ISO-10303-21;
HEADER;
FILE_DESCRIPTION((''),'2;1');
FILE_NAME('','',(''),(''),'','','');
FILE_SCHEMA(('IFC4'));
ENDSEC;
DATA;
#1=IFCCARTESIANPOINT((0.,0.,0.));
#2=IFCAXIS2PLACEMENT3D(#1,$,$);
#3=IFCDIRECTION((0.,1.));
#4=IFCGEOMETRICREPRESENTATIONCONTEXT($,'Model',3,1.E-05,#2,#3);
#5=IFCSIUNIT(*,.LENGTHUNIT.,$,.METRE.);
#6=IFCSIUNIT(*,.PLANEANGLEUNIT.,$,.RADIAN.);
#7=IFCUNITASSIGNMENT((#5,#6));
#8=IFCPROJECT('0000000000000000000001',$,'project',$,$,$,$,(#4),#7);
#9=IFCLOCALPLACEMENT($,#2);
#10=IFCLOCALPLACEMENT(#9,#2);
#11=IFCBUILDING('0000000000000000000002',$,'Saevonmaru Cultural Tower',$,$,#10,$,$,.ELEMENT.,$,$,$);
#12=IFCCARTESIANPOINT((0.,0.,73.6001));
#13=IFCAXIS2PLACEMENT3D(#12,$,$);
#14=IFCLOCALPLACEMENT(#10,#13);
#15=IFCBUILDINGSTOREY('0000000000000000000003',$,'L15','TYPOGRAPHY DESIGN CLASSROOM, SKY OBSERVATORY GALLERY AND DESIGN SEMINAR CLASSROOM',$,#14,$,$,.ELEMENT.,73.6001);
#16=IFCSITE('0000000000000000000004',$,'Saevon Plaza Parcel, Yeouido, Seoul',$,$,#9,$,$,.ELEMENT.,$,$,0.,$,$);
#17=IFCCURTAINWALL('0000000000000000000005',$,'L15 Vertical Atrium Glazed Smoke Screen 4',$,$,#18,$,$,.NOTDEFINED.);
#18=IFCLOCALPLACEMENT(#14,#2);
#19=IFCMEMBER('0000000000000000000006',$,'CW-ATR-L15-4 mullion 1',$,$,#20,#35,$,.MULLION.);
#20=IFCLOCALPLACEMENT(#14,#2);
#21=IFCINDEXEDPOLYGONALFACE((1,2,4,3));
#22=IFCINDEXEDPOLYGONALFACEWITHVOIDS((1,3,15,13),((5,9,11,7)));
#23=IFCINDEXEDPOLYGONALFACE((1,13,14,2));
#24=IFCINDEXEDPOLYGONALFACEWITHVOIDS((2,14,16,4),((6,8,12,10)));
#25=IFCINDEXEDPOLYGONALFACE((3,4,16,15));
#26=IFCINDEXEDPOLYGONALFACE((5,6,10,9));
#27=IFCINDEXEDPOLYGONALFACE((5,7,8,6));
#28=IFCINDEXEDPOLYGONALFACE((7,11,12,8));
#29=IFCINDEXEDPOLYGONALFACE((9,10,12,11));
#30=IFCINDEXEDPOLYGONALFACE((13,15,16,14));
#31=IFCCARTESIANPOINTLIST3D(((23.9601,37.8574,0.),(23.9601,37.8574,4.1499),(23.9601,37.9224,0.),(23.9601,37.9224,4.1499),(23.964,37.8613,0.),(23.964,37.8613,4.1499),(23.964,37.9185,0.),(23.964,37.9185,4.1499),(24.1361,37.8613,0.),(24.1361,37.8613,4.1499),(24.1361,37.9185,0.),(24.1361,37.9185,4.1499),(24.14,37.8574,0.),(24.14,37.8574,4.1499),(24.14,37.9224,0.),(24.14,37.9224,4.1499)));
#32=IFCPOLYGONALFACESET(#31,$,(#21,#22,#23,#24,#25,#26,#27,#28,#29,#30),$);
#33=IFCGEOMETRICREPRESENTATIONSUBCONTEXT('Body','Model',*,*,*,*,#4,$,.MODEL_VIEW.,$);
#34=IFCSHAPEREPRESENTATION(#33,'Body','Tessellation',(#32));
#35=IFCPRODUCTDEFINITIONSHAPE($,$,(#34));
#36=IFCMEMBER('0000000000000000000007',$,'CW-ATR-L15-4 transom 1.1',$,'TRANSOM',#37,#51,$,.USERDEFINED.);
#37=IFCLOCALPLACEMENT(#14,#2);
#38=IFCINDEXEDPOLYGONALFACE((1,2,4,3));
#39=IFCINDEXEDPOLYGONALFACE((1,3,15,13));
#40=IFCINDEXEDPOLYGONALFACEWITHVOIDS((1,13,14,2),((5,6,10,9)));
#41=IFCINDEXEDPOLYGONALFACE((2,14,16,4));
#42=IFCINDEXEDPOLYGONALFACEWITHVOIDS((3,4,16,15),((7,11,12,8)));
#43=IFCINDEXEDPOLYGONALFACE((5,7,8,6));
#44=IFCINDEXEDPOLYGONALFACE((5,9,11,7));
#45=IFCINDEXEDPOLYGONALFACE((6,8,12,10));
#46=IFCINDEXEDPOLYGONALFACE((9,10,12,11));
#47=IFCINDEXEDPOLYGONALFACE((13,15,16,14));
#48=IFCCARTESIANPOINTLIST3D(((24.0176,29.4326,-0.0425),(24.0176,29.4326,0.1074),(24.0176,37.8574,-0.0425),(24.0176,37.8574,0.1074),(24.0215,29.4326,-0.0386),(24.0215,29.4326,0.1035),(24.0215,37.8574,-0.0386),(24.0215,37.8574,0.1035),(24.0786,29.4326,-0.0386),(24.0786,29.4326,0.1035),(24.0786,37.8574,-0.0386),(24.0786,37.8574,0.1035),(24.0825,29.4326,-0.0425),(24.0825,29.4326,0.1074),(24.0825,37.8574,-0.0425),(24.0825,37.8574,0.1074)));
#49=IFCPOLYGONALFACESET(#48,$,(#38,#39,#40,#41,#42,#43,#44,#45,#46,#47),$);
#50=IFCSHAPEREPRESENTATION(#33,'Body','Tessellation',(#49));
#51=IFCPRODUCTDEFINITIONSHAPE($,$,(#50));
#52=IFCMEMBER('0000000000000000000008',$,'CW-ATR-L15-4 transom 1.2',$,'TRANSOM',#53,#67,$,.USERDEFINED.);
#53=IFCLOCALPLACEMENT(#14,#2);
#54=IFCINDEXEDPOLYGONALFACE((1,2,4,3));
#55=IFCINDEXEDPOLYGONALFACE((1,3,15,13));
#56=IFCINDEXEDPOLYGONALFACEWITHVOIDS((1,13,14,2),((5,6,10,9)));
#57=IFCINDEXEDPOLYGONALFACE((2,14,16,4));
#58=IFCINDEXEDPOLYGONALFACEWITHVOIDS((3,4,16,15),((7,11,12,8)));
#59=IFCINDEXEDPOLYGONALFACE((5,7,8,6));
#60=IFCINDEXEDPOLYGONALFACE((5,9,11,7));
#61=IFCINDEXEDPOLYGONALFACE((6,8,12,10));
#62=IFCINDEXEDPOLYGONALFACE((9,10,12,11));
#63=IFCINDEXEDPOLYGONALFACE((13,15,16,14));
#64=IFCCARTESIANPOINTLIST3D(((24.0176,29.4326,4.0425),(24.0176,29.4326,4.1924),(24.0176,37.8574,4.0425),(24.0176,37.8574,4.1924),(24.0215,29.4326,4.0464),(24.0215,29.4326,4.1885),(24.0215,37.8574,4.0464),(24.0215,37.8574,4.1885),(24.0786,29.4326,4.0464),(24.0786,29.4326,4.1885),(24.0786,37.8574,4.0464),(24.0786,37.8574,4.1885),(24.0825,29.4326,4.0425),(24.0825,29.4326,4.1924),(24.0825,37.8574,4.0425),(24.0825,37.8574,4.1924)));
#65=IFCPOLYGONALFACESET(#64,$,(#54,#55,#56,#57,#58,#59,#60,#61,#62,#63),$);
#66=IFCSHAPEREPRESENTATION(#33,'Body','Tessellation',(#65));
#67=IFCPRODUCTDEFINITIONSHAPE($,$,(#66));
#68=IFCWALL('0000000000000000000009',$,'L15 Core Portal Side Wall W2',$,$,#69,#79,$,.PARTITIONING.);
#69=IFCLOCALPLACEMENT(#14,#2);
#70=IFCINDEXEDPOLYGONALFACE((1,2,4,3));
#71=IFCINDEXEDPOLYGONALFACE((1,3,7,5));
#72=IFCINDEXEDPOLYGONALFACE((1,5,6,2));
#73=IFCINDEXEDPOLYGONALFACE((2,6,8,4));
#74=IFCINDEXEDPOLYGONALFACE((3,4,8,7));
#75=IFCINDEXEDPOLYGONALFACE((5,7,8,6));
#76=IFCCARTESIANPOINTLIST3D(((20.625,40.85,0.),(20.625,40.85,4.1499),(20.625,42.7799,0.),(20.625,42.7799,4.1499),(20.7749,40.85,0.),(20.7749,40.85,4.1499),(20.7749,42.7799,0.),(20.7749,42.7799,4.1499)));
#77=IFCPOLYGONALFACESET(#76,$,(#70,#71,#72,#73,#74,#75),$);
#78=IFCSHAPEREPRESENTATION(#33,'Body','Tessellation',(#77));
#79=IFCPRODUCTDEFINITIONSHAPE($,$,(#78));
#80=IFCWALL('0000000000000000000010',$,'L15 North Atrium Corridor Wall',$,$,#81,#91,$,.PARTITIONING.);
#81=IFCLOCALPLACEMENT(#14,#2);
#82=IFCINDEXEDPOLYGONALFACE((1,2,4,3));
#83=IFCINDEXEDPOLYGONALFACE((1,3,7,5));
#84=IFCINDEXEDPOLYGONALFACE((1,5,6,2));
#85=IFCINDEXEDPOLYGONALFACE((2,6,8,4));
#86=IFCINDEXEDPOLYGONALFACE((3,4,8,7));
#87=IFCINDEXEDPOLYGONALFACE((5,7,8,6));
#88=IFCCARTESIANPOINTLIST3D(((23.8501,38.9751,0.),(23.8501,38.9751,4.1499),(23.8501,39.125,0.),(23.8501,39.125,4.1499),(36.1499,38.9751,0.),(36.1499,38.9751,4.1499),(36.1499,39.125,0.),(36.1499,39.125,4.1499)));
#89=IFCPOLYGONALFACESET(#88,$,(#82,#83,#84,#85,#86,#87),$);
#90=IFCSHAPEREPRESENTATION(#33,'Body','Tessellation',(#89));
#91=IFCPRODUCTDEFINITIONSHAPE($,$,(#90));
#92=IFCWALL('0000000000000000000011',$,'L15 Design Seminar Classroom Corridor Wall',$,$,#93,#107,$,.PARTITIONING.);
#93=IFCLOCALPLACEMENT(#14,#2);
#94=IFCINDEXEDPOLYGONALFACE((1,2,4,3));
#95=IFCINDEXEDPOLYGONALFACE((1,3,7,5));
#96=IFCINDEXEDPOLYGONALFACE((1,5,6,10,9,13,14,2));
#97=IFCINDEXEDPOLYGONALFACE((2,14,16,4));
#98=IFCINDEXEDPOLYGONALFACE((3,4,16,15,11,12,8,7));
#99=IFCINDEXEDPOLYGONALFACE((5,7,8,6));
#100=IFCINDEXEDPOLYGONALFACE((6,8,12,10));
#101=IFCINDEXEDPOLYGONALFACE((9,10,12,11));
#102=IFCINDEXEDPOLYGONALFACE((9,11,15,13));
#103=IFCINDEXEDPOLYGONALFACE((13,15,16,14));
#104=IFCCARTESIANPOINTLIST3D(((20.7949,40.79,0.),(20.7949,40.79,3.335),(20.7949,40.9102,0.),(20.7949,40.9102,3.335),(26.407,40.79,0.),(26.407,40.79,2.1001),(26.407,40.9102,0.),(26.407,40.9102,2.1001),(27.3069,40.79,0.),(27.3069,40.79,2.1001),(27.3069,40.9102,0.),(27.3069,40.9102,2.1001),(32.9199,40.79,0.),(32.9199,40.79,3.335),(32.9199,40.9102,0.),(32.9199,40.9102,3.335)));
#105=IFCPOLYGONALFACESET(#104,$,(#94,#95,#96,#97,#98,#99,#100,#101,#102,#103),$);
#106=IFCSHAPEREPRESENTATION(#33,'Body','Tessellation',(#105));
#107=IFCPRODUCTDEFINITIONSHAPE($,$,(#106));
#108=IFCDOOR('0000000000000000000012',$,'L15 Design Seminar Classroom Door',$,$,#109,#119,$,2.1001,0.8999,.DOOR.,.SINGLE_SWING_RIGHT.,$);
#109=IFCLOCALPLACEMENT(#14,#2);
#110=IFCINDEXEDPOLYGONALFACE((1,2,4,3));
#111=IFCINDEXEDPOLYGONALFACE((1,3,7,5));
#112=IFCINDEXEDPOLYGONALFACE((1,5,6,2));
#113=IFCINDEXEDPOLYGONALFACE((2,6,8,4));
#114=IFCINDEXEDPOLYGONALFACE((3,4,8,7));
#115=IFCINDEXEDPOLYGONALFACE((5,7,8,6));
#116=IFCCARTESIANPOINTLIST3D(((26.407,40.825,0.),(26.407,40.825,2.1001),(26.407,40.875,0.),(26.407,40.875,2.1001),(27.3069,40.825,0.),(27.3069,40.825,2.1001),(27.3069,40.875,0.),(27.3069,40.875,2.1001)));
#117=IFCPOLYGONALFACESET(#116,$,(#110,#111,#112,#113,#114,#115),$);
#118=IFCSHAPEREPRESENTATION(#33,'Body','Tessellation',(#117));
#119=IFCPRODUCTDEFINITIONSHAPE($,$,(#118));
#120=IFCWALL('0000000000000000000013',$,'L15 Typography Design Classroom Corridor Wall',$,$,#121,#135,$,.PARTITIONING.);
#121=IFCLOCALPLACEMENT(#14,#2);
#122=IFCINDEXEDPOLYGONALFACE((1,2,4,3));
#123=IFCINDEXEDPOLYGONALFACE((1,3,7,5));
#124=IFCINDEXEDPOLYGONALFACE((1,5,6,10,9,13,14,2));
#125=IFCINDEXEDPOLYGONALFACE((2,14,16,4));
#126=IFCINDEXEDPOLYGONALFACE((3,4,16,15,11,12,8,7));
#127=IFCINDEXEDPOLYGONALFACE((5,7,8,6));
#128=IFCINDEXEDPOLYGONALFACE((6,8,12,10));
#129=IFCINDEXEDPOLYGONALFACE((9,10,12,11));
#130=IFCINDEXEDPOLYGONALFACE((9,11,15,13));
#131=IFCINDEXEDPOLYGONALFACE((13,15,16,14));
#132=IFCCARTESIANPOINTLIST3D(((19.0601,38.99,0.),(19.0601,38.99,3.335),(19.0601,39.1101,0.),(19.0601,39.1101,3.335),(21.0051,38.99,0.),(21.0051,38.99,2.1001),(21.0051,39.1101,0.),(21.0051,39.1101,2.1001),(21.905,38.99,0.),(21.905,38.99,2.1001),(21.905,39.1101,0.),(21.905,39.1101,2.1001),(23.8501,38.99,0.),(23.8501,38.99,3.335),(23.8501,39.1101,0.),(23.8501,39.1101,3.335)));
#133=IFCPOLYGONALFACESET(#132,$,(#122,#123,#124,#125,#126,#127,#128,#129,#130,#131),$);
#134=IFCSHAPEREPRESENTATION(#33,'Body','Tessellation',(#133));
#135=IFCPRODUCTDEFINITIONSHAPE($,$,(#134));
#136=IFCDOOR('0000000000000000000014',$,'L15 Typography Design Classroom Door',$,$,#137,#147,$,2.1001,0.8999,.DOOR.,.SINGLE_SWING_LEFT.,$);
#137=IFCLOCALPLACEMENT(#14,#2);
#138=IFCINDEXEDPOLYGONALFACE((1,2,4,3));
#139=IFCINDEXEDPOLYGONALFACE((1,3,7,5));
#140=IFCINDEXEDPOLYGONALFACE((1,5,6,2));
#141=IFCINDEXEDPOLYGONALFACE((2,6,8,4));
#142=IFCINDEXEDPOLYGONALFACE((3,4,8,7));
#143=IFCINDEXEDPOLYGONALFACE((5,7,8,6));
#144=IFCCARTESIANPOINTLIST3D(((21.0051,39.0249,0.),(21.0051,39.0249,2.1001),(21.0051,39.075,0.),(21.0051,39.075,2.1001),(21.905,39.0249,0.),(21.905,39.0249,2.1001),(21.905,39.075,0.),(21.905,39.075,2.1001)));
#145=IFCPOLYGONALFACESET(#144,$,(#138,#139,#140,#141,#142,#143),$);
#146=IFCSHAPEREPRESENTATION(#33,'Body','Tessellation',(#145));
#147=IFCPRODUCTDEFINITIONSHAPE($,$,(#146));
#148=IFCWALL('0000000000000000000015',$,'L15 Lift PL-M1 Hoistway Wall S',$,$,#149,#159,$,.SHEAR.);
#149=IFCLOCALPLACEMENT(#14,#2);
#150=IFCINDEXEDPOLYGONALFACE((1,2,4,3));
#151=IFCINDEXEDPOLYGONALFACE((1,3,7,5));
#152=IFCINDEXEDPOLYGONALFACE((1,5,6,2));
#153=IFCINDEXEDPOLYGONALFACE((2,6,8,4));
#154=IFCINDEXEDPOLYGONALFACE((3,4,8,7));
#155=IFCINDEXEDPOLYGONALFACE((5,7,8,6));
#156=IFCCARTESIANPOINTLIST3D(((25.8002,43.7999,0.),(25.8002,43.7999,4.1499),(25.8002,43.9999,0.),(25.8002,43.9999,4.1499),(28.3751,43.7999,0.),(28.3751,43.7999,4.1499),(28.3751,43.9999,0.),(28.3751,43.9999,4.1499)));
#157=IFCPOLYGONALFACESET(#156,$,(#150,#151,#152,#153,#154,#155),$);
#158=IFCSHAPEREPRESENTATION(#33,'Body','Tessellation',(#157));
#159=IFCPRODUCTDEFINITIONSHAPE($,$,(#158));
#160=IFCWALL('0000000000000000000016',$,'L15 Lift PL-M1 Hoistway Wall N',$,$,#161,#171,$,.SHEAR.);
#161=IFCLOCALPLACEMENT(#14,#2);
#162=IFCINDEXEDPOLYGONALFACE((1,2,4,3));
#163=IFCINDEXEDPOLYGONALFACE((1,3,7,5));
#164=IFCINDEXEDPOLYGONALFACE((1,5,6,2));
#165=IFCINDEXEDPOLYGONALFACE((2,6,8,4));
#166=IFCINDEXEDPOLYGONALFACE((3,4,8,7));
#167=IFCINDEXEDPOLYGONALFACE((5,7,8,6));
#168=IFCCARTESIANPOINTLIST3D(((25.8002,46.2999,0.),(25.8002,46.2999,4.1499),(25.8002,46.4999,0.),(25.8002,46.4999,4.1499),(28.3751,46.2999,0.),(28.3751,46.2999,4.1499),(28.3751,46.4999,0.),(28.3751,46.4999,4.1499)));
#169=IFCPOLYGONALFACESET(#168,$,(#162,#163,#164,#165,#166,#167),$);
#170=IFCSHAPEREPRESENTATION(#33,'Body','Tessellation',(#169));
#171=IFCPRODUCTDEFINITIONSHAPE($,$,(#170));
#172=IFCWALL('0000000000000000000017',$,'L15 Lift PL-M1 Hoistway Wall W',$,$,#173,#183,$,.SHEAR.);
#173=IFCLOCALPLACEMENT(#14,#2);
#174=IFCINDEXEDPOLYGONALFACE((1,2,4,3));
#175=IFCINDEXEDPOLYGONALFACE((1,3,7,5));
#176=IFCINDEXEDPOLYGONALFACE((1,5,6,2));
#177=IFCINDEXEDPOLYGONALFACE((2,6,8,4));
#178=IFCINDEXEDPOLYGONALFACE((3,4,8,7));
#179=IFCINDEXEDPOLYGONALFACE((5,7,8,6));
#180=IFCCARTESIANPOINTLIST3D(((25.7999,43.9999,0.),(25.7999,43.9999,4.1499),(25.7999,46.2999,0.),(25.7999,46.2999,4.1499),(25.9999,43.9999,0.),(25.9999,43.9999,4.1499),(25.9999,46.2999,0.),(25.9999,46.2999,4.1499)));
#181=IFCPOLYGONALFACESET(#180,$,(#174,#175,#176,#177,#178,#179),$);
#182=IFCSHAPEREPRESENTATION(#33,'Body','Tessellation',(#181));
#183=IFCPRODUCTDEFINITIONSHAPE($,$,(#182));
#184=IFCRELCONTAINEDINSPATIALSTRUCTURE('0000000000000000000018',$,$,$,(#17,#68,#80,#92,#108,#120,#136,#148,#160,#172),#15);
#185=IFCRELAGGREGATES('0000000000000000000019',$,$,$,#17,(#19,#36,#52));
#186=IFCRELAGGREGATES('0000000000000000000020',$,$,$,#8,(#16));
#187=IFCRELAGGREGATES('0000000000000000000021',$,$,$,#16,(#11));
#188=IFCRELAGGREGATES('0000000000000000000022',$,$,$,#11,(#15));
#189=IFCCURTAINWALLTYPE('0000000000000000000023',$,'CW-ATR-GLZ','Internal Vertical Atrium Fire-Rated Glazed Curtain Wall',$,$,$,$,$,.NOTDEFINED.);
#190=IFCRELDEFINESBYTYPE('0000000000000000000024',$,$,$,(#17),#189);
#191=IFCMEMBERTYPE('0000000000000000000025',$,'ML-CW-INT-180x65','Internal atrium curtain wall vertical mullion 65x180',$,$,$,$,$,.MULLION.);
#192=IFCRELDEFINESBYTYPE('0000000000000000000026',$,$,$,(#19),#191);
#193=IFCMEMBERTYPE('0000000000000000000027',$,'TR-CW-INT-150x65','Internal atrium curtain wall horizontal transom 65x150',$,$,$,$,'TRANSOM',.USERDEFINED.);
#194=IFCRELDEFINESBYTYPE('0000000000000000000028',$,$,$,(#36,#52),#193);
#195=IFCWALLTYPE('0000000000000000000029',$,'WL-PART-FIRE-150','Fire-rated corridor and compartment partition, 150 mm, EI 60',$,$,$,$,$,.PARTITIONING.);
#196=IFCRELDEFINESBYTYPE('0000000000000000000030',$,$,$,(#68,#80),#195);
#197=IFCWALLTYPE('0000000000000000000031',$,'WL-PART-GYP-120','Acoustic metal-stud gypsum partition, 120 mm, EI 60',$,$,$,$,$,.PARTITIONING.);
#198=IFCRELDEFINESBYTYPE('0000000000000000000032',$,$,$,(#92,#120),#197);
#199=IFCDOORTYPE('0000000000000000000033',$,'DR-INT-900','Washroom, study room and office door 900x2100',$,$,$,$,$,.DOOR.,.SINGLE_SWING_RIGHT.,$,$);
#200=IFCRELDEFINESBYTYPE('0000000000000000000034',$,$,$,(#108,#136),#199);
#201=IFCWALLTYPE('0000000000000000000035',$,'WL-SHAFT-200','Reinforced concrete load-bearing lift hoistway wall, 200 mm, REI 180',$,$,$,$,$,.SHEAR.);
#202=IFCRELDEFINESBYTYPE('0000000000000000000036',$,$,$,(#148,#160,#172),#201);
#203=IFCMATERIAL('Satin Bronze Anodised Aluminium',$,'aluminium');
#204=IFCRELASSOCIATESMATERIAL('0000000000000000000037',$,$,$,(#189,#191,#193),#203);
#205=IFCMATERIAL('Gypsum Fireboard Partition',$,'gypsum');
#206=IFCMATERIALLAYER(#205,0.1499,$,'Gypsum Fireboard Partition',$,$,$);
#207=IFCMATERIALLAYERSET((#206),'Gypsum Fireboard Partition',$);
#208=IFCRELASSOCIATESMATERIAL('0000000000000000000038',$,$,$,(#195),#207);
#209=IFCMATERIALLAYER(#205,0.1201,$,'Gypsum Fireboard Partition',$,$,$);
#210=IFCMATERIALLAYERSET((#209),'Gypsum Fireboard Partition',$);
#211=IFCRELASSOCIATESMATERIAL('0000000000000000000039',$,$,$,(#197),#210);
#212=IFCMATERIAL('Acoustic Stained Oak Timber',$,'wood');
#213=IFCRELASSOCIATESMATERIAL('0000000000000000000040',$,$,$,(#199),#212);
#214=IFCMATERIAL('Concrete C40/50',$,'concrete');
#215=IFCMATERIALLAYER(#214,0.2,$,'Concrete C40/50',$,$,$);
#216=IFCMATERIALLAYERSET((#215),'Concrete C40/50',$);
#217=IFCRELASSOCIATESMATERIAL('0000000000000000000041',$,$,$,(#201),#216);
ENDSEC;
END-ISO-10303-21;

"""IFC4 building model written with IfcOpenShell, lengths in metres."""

from ifc_helpers import new_model, si_unit, direction, frame, frame_2d, origin, origin_2d, place, context, subcontext, project, spatial, rectangle, hollow_rectangle, extrude, material, layer, layer_set, material_profile, profile_set, type_object, element, fill, aggregate, save


model = new_model("IFC4")

# Units and contexts
model_context = context("Model", 3, precision=1e-05, world=origin(), true_north=direction((0.0, 1.0)))
body_context = subcontext(model_context, "Body", "Model", "MODEL_VIEW")
ifc_project = project(units=[si_unit("LENGTHUNIT", "METRE"), si_unit("PLANEANGLEUNIT", "RADIAN")], contexts=[model_context])

# Site, building, storey
site_placement = place(None, origin())
site = spatial("IfcSite", under=ifc_project, at=site_placement, Name="Saevon Plaza Parcel, Yeouido, Seoul", CompositionType="ELEMENT", RefElevation=0.0)
building_placement = place(site_placement, origin())
building = spatial("IfcBuilding", under=site, at=building_placement, Name="Saevonmaru Cultural Tower", CompositionType="ELEMENT")
storey_placement = place(building_placement, frame((0.0, 0.0, 73.6001)))
storey = spatial("IfcBuildingStorey", under=building, at=storey_placement, Name="L15", Description="TYPOGRAPHY DESIGN CLASSROOM, SKY OBSERVATORY GALLERY AND DESIGN SEMINAR CLASSROOM", CompositionType="ELEMENT", Elevation=73.6001)

# Shared definitions
ifc_material_1 = material(Name="Satin Bronze Anodised Aluminium", Category="aluminium")
curtain_wall_type = type_object("IfcCurtainWallType", Name="CW-ATR-GLZ", Description="Internal Vertical Atrium Fire-Rated Glazed Curtain Wall", PredefinedType="NOTDEFINED", material=ifc_material_1)
ifc_material_profile_1 = material_profile(ifc_material_1, hollow_rectangle(XDim=0.0649, YDim=0.1799, WallThickness=0.0039, at=origin_2d()), Name="ALU-MULL-180x65x4")
ifc_profile_set_1 = profile_set([ifc_material_profile_1], Name="Satin Bronze Anodised Aluminium")
member_type_1 = type_object("IfcMemberType", Name="ML-CW-INT-180x65", Description="Internal atrium curtain wall vertical mullion 65x180", PredefinedType="MULLION", material=ifc_profile_set_1)

# Curtain wall, members
curtain_wall_1_placement = place(storey_placement, origin())
curtain_wall_1 = element("IfcCurtainWall", 1, at=curtain_wall_1_placement, inside=storey, type_object=curtain_wall_type, Name="L15 Vertical Atrium Glazed Smoke Screen 4", PredefinedType="NOTDEFINED")
member_1_placement = place(storey_placement, frame((24.05, 37.8899, 0.0), z_axis=(0.0, 0.0, 1.0), x_axis=(0.0, -1.0, 0.0)))
member_1 = element("IfcMember", 2, at=member_1_placement, type_object=member_type_1, Name="CW-ATR-L15-4 mullion 1", PredefinedType="MULLION", context=body_context, shape_type="SweptSolid", body=[
    extrude(hollow_rectangle(XDim=0.0649, YDim=0.1799, WallThickness=0.0039, at=origin_2d()), origin(), (0.0, 0.0, 1.0), 4.1499),
])
ifc_material_profile_2 = material_profile(ifc_material_1, hollow_rectangle(XDim=0.0649, YDim=0.1499, WallThickness=0.0039, at=origin_2d()), Name="ALU-TRAN-150x65x4")
ifc_profile_set_2 = profile_set([ifc_material_profile_2], Name="Satin Bronze Anodised Aluminium")
member_type_2 = type_object("IfcMemberType", Name="TR-CW-INT-150x65", Description="Internal atrium curtain wall horizontal transom 65x150", ElementType="TRANSOM", PredefinedType="USERDEFINED", material=ifc_profile_set_2)
member_2_placement = place(storey_placement, frame((24.05, 37.8574, 0.0325), z_axis=(0.0, -1.0, 0.0), x_axis=(1.0, 0.0, 0.0)))
member_2 = element("IfcMember", 3, at=member_2_placement, type_object=member_type_2, Name="CW-ATR-L15-4 transom 1.1", ObjectType="TRANSOM", PredefinedType="USERDEFINED", context=body_context, shape_type="SweptSolid", body=[
    extrude(hollow_rectangle(XDim=0.0649, YDim=0.1499, WallThickness=0.0039, at=origin_2d()), origin(), (0.0, 0.0, 1.0), 8.4248),
])
member_3_placement = place(storey_placement, frame((24.05, 37.8574, 4.1174), z_axis=(0.0, -1.0, 0.0), x_axis=(1.0, 0.0, 0.0)))
member_3 = element("IfcMember", 4, at=member_3_placement, type_object=member_type_2, Name="CW-ATR-L15-4 transom 1.2", ObjectType="TRANSOM", PredefinedType="USERDEFINED", context=body_context, shape_type="SweptSolid", body=[
    extrude(hollow_rectangle(XDim=0.0649, YDim=0.1499, WallThickness=0.0039, at=origin_2d()), origin(), (0.0, 0.0, 1.0), 8.4248),
])
aggregate(curtain_wall_1, [member_1, member_2, member_3])

# Shared definitions
ifc_material_2 = material(Name="Gypsum Fireboard Partition", Category="gypsum")

# Walls
ifc_layer_1 = layer(ifc_material_2, 0.1499, Name="Gypsum Fireboard Partition")
ifc_layer_set_1 = layer_set([ifc_layer_1], Name="Gypsum Fireboard Partition")
wall_type_1 = type_object("IfcWallType", Name="WL-PART-FIRE-150", Description="Fire-rated corridor and compartment partition, 150 mm, EI 60", PredefinedType="PARTITIONING", material=ifc_layer_set_1)
wall_1_placement = place(storey_placement, frame((20.7, 40.8501, 0.0), z_axis=(0.0, 0.0, 1.0), x_axis=(0.0, 1.0, 0.0)))
element("IfcWall", 5, at=wall_1_placement, inside=storey, type_object=wall_type_1, Name="L15 Core Portal Side Wall W2", PredefinedType="PARTITIONING", context=body_context, shape_type="SweptSolid", body=[
    extrude(rectangle(XDim=1.9299, YDim=0.1499, at=frame_2d((0.9648, 0.0))), origin(), (0.0, 0.0, 1.0), 4.1499),
])
wall_2_placement = place(storey_placement, frame((23.8501, 39.05, 0.0), z_axis=(0.0, 0.0, 1.0), x_axis=(1.0, 0.0, 0.0)))
element("IfcWall", 6, at=wall_2_placement, inside=storey, type_object=wall_type_1, Name="L15 North Atrium Corridor Wall", PredefinedType="PARTITIONING", context=body_context, shape_type="SweptSolid", body=[
    extrude(rectangle(XDim=12.2998, YDim=0.1499, at=frame_2d((6.1499, 0.0))), origin(), (0.0, 0.0, 1.0), 4.1499),
])

# Walls, openings, doors
ifc_layer_2 = layer(ifc_material_2, 0.1201, Name="Gypsum Fireboard Partition")
ifc_layer_set_2 = layer_set([ifc_layer_2], Name="Gypsum Fireboard Partition")
wall_type_2 = type_object("IfcWallType", Name="WL-PART-GYP-120", Description="Acoustic metal-stud gypsum partition, 120 mm, EI 60", PredefinedType="PARTITIONING", material=ifc_layer_set_2)
wall_3_placement = place(storey_placement, frame((20.7949, 40.8501, 0.0), z_axis=(0.0, 0.0, 1.0), x_axis=(1.0, 0.0, 0.0)))
wall_3 = element("IfcWall", 7, at=wall_3_placement, inside=storey, type_object=wall_type_2, Name="L15 Design Seminar Classroom Corridor Wall", PredefinedType="PARTITIONING", context=body_context, shape_type="SweptSolid", body=[
    extrude(rectangle(XDim=12.125, YDim=0.1201, at=frame_2d((6.0625, 0.0))), origin(), (0.0, 0.0, 1.0), 3.335),
])
opening_1_placement = place(wall_3_placement, frame((5.6121, 0.0, 0.0)))
opening_1 = element("IfcOpeningElement", 8, at=opening_1_placement, cuts=wall_3, PredefinedType="OPENING", context=body_context, shape_type="SweptSolid", body=[
    extrude(rectangle(XDim=0.8999, YDim=2.1001, at=frame_2d((0.45, 1.05))), frame((0.0, 0.0701, 0.0), z_axis=(0.0, -1.0, 0.0), x_axis=(1.0, 0.0, 0.0)), (0.0, 0.0, 1.0), 0.1401),
])
ifc_material_3 = material(Name="Acoustic Stained Oak Timber", Category="wood")
door_type_1 = type_object("IfcDoorType", Name="DR-INT-900", Description="Washroom, study room and office door 900x2100", OperationType="SINGLE_SWING_RIGHT", PredefinedType="DOOR", material=ifc_material_3)
door_1_placement = place(opening_1_placement, origin())
door_1 = element("IfcDoor", 9, at=door_1_placement, inside=storey, type_object=door_type_1, Name="L15 Design Seminar Classroom Door", OperationType="SINGLE_SWING_RIGHT", OverallHeight=2.1001, OverallWidth=0.8999, PredefinedType="DOOR", context=body_context, shape_type="SweptSolid", body=[
    extrude(rectangle(XDim=0.8999, YDim=2.1001, at=frame_2d((0.45, 1.05))), frame((0.0, 0.0249, 0.0), z_axis=(0.0, -1.0, 0.0), x_axis=(1.0, 0.0, 0.0)), (0.0, 0.0, 1.0), 0.05),
])
fill(opening_1, door_1)
wall_4_placement = place(storey_placement, frame((19.0601, 39.05, 0.0), z_axis=(0.0, 0.0, 1.0), x_axis=(1.0, 0.0, 0.0)))
wall_4 = element("IfcWall", 10, at=wall_4_placement, inside=storey, type_object=wall_type_2, Name="L15 Typography Design Classroom Corridor Wall", PredefinedType="PARTITIONING", context=body_context, shape_type="SweptSolid", body=[
    extrude(rectangle(XDim=4.79, YDim=0.1201, at=frame_2d((2.395, 0.0))), origin(), (0.0, 0.0, 1.0), 3.335),
])
opening_2_placement = place(wall_4_placement, frame((1.9451, 0.0, 0.0)))
opening_2 = element("IfcOpeningElement", 11, at=opening_2_placement, cuts=wall_4, PredefinedType="OPENING", context=body_context, shape_type="SweptSolid", body=[
    extrude(rectangle(XDim=0.8999, YDim=2.1001, at=frame_2d((0.45, 1.05))), frame((0.0, 0.0701, 0.0), z_axis=(0.0, -1.0, 0.0), x_axis=(1.0, 0.0, 0.0)), (0.0, 0.0, 1.0), 0.1401),
])
door_2_placement = place(opening_2_placement, origin())
door_2 = element("IfcDoor", 12, at=door_2_placement, inside=storey, type_object=door_type_1, Name="L15 Typography Design Classroom Door", OperationType="SINGLE_SWING_LEFT", OverallHeight=2.1001, OverallWidth=0.8999, PredefinedType="DOOR", context=body_context, shape_type="SweptSolid", body=[
    extrude(rectangle(XDim=0.8999, YDim=2.1001, at=frame_2d((0.45, 1.05))), frame((0.0, 0.0249, 0.0), z_axis=(0.0, -1.0, 0.0), x_axis=(1.0, 0.0, 0.0)), (0.0, 0.0, 1.0), 0.05),
])
fill(opening_2, door_2)

# Walls
ifc_material_4 = material(Name="Concrete C40/50", Category="concrete")
ifc_layer_3 = layer(ifc_material_4, 0.2, Name="Concrete C40/50")
ifc_layer_set_3 = layer_set([ifc_layer_3], Name="Concrete C40/50")
wall_type_3 = type_object("IfcWallType", Name="WL-SHAFT-200", Description="Reinforced concrete load-bearing lift hoistway wall, 200 mm, REI 180", PredefinedType="SHEAR", material=ifc_layer_set_3)
for number, where, z_axis, x_axis, name in (
    (13, (25.8, 43.8999, 0.0), (0.0, 0.0, 1.0), (1.0, 0.0, 0.0), "L15 Lift PL-M1 Hoistway Wall S"),
    (14, (25.8, 46.3999, 0.0), (0.0, 0.0, 1.0), (1.0, 0.0, 0.0), "L15 Lift PL-M1 Hoistway Wall N"),
):
    element("IfcWall", number, at=place(storey_placement, frame(where, z_axis=z_axis, x_axis=x_axis)), inside=storey, type_object=wall_type_3, Name=name, PredefinedType="SHEAR", context=body_context, shape_type="SweptSolid", body=[
        extrude(rectangle(XDim=2.575, YDim=0.2, at=frame_2d((1.2876, 0.0))), origin(), (0.0, 0.0, 1.0), 4.1499),
    ])
wall_5_placement = place(storey_placement, frame((25.8999, 44.0, 0.0), z_axis=(0.0, 0.0, 1.0), x_axis=(0.0, 1.0, 0.0)))
element("IfcWall", 15, at=wall_5_placement, inside=storey, type_object=wall_type_3, Name="L15 Lift PL-M1 Hoistway Wall W", PredefinedType="SHEAR", context=body_context, shape_type="SweptSolid", body=[
    extrude(rectangle(XDim=2.3, YDim=0.2, at=frame_2d((1.1499, 0.0))), origin(), (0.0, 0.0, 1.0), 4.1499),
])

save(model, "model.ifc")
